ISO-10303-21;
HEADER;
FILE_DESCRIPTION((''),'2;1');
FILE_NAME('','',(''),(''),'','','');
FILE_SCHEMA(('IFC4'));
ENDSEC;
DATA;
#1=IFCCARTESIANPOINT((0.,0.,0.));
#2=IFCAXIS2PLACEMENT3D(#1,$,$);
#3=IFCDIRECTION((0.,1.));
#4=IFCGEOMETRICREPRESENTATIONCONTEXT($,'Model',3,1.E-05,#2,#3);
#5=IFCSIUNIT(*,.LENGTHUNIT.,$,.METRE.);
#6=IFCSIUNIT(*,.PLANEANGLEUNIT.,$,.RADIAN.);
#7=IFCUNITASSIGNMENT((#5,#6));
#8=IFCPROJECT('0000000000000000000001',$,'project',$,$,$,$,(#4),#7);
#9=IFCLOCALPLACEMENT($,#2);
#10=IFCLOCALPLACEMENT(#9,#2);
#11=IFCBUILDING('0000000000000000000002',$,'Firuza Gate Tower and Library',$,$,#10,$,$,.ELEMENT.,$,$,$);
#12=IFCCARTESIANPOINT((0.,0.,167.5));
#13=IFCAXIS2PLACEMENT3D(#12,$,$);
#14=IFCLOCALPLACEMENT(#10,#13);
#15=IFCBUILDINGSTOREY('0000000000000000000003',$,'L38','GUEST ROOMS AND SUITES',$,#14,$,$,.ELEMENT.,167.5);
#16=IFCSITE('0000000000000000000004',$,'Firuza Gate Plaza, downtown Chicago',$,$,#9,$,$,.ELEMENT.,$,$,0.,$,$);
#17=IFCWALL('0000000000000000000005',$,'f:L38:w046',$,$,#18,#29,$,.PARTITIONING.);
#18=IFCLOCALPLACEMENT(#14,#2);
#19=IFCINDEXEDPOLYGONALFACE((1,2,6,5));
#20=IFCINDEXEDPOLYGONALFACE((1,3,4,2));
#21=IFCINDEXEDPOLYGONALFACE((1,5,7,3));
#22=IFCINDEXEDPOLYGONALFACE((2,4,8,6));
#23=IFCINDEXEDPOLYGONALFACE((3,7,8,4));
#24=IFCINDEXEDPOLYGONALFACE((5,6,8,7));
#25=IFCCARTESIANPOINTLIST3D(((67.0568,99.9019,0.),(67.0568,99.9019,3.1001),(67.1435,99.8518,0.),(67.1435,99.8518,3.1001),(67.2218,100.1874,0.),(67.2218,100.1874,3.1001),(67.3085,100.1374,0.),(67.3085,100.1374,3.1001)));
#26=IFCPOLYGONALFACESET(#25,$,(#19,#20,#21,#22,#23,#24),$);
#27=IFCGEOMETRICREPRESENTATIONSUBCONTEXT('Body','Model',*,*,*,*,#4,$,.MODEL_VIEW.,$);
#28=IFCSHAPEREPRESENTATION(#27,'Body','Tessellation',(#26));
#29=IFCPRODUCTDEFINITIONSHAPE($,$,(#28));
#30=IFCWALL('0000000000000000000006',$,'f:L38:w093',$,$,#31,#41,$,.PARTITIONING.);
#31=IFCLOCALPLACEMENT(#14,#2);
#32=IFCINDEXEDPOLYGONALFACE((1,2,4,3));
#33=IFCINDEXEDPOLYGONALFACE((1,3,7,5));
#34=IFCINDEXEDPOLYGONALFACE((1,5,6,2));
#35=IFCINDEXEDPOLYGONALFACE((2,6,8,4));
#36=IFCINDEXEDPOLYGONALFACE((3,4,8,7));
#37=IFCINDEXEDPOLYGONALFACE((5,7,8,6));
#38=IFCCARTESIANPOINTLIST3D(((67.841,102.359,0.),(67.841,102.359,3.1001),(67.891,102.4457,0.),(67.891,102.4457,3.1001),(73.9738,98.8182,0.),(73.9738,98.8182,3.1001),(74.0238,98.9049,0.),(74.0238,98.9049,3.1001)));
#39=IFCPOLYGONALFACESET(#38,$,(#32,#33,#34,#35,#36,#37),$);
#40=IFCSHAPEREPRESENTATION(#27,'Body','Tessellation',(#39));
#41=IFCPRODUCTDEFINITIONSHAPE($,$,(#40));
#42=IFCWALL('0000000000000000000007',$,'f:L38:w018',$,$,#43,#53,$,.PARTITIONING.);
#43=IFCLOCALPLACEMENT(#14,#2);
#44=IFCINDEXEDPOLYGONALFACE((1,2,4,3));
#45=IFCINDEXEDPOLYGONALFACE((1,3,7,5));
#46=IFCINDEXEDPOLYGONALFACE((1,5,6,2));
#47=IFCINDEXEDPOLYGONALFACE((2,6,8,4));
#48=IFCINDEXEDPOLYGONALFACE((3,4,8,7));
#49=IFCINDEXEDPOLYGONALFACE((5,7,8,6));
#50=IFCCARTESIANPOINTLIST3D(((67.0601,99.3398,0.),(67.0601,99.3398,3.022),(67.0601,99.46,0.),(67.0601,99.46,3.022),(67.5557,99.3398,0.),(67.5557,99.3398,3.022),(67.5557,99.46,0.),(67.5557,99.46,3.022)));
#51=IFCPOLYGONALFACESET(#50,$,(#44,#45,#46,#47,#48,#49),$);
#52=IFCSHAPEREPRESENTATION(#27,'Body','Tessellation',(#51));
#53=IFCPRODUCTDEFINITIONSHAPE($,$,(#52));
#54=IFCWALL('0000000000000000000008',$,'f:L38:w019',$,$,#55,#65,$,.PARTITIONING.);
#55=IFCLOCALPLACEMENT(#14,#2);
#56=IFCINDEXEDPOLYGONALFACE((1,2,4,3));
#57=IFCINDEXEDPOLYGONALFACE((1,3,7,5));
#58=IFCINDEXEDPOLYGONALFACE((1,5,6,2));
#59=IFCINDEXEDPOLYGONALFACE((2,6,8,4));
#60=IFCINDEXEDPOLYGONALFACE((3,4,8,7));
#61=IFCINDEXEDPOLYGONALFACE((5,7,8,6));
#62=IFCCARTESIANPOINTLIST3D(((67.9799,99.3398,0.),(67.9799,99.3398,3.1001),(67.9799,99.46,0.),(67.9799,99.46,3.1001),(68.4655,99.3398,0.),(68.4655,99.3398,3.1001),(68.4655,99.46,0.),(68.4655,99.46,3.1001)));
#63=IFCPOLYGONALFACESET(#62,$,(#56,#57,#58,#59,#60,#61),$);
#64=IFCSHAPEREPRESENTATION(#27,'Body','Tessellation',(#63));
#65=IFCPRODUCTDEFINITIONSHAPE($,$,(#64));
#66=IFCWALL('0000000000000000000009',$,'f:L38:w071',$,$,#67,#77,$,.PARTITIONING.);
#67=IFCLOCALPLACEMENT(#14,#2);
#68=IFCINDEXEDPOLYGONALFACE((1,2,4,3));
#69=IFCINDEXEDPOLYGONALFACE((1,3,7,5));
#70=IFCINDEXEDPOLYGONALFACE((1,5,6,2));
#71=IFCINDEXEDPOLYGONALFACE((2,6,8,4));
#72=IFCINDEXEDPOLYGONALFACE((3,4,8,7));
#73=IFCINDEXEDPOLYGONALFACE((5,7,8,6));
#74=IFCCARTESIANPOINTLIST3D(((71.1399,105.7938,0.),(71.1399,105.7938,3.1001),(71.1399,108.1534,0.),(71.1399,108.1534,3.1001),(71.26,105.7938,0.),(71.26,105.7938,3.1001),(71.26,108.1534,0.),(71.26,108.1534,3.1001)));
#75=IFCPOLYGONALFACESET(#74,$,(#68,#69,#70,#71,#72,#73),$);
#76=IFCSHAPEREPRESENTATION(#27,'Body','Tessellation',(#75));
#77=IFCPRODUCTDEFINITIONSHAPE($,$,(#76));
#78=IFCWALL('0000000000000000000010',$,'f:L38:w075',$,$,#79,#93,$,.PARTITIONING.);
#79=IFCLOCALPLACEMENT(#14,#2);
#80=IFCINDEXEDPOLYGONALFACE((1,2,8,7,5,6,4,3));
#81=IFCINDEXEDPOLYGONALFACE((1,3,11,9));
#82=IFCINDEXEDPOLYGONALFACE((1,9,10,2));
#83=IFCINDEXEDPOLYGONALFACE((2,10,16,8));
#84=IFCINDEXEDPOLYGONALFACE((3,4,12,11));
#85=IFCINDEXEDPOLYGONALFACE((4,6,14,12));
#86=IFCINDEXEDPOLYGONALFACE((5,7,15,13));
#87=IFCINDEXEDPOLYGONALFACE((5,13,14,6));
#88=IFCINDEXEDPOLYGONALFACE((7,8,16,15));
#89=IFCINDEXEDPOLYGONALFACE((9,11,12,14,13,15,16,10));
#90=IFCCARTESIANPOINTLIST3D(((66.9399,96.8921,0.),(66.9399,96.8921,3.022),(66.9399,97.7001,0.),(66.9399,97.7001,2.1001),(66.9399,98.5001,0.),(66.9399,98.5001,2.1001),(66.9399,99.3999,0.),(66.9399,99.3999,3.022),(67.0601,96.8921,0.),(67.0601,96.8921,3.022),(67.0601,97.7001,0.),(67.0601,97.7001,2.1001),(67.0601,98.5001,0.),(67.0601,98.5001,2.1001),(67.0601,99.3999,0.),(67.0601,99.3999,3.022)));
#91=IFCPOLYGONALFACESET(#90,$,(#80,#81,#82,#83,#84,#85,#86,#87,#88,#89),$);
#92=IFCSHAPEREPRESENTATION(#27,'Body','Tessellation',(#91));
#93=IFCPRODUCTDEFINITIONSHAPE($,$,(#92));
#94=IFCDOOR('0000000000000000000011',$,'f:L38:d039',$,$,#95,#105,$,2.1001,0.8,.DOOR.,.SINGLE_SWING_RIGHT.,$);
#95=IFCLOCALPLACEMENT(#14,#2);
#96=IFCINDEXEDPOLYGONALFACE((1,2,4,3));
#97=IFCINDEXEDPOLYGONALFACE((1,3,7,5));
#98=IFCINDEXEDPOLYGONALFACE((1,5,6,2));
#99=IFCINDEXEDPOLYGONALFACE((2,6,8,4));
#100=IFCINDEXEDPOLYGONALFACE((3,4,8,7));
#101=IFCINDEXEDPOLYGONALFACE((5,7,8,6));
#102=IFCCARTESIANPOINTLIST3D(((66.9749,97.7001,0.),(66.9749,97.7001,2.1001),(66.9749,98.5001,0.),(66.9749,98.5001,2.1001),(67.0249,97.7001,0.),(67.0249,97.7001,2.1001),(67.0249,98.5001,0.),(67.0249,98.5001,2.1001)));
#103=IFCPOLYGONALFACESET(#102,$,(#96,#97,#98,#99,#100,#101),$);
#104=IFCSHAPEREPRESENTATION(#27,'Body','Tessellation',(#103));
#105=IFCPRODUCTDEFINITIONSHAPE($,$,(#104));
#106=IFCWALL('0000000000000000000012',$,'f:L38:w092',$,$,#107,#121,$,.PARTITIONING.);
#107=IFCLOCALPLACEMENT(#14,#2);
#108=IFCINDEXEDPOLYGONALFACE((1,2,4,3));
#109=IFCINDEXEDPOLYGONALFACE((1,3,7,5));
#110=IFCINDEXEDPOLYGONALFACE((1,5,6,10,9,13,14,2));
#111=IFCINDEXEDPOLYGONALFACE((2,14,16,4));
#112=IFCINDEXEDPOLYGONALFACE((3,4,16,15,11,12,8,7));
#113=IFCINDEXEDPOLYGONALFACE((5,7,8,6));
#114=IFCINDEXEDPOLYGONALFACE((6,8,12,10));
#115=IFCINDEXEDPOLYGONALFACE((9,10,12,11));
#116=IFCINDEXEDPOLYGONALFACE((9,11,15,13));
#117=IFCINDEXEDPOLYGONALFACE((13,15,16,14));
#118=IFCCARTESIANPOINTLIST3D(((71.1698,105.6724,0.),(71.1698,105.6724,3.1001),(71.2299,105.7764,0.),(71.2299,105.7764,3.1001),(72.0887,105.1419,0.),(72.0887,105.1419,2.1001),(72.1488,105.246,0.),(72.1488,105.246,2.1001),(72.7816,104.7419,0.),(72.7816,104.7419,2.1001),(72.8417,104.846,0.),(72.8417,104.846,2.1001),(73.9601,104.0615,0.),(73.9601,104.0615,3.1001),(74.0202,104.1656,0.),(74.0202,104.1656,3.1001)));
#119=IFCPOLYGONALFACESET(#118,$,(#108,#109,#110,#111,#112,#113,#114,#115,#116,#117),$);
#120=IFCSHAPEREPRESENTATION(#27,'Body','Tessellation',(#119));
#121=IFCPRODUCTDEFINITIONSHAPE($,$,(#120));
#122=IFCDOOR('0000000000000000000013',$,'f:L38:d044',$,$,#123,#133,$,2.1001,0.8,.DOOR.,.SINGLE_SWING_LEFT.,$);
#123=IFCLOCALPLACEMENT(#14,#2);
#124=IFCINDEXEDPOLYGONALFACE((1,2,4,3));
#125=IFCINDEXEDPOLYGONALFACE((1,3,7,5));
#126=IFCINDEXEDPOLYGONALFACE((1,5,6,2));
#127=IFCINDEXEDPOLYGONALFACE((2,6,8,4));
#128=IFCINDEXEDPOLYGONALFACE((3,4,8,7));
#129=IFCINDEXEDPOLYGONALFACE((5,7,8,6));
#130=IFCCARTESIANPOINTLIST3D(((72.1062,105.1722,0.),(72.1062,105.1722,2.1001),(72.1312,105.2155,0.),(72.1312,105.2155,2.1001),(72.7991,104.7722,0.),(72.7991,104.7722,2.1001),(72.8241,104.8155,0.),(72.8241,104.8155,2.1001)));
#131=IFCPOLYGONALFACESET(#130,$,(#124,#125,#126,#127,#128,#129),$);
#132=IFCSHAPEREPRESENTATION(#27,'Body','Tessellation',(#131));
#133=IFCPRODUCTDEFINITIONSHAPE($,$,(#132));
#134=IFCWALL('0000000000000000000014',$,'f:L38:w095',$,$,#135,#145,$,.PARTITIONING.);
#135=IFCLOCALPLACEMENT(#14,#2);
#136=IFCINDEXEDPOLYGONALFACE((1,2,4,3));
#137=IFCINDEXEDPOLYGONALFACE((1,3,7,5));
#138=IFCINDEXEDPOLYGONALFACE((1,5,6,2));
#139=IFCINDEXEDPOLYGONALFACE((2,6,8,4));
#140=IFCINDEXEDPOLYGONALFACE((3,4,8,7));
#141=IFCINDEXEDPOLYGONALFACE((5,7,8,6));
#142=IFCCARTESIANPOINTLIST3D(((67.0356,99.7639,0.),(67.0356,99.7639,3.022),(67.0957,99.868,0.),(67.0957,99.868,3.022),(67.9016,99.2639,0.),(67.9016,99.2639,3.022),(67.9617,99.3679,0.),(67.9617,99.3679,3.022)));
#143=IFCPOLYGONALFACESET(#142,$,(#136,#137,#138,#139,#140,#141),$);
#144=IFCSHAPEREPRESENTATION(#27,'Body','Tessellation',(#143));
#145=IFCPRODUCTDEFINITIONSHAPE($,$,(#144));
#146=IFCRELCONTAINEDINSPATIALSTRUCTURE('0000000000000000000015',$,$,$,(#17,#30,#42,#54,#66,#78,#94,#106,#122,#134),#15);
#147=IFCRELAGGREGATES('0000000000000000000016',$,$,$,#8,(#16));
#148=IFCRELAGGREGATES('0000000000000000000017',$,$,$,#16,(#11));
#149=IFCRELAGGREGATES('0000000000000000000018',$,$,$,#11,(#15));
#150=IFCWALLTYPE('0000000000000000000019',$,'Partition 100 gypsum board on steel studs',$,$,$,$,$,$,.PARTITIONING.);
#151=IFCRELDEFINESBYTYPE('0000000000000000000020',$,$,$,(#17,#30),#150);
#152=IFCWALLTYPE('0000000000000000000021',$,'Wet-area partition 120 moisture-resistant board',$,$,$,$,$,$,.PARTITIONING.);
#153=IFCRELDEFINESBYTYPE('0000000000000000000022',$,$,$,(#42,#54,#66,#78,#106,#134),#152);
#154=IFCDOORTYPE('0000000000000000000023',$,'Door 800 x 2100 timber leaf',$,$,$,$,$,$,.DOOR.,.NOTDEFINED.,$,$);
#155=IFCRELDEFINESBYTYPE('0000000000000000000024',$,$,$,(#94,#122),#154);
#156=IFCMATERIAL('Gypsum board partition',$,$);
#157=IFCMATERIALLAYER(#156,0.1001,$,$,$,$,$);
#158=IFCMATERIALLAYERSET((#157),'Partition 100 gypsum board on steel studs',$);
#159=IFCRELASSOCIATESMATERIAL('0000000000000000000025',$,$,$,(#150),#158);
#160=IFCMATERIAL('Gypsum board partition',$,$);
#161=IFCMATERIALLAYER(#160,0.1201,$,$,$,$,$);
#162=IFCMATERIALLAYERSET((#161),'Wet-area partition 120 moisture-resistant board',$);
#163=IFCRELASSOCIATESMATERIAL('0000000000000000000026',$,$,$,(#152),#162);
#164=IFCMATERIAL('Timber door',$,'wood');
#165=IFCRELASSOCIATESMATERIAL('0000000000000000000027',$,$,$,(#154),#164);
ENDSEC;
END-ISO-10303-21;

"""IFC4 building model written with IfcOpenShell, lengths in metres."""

from ifc_helpers import new_model, si_unit, direction, frame, frame_2d, origin, place, context, subcontext, project, spatial, rectangle, extrude, material, layer, layer_set, type_object, element, fill, save


model = new_model("IFC4")

# Units and contexts
model_context = context("Model", 3, precision=1e-05, world=origin(), true_north=direction((0.0, 1.0)))
body_context = subcontext(model_context, "Body", "Model", "MODEL_VIEW")
ifc_project = project(units=[si_unit("LENGTHUNIT", "METRE"), si_unit("PLANEANGLEUNIT", "RADIAN")], contexts=[model_context])

# Site, building, storey
site_placement = place(None, origin())
site = spatial("IfcSite", under=ifc_project, at=site_placement, Name="Firuza Gate Plaza, downtown Chicago", CompositionType="ELEMENT", RefElevation=0.0)
building_placement = place(site_placement, origin())
building = spatial("IfcBuilding", under=site, at=building_placement, Name="Firuza Gate Tower and Library", CompositionType="ELEMENT")
storey_placement = place(building_placement, frame((0.0, 0.0, 167.5)))
storey = spatial("IfcBuildingStorey", under=building, at=storey_placement, Name="L38", Description="GUEST ROOMS AND SUITES", CompositionType="ELEMENT", Elevation=167.5)

# Walls
ifc_material_1 = material(Name="Gypsum board partition")
ifc_layer_1 = layer(ifc_material_1, 0.1001)
ifc_layer_set_1 = layer_set([ifc_layer_1], Name="Partition 100 gypsum board on steel studs")
wall_type_1 = type_object("IfcWallType", Name="Partition 100 gypsum board on steel studs", PredefinedType="PARTITIONING", material=ifc_layer_set_1)
wall_1_placement = place(storey_placement, frame((67.1001, 99.8767, 0.0), z_axis=(0.0, 0.0, 1.0), x_axis=(0.500278, 0.865865, 0.0)))
element("IfcWall", 1, at=wall_1_placement, inside=storey, type_object=wall_type_1, Name="f:L38:w046", PredefinedType="PARTITIONING", context=body_context, shape_type="SweptSolid", body=[
    extrude(rectangle(XDim=0.3298, YDim=0.1001, at=frame_2d((0.165, 0.0))), origin(), (0.0, 0.0, 1.0), 3.1001),
])
wall_2_placement = place(storey_placement, frame((73.9988, 98.8616, 0.0), z_axis=(0.0, 0.0, 1.0), x_axis=(-0.866026, 0.499999, 0.0)))
element("IfcWall", 2, at=wall_2_placement, inside=storey, type_object=wall_type_1, Name="f:L38:w093", PredefinedType="PARTITIONING", context=body_context, shape_type="SweptSolid", body=[
    extrude(rectangle(XDim=7.0815, YDim=0.1001, at=frame_2d((3.5408, 0.0))), origin(), (0.0, 0.0, 1.0), 3.1001),
])
ifc_material_2 = material(Name="Gypsum board partition")
ifc_layer_2 = layer(ifc_material_2, 0.1201)
ifc_layer_set_2 = layer_set([ifc_layer_2], Name="Wet-area partition 120 moisture-resistant board")
wall_type_2 = type_object("IfcWallType", Name="Wet-area partition 120 moisture-resistant board", PredefinedType="PARTITIONING", material=ifc_layer_set_2)
wall_3_placement = place(storey_placement, frame((67.0601, 99.3999, 0.0), z_axis=(0.0, 0.0, 1.0), x_axis=(1.0, 0.0, 0.0)))
element("IfcWall", 3, at=wall_3_placement, inside=storey, type_object=wall_type_2, Name="f:L38:w018", PredefinedType="PARTITIONING", context=body_context, shape_type="SweptSolid", body=[
    extrude(rectangle(XDim=0.4956, YDim=0.1201, at=frame_2d((0.2478, 0.0))), origin(), (0.0, 0.0, 1.0), 3.022),
])
wall_4_placement = place(storey_placement, frame((67.98, 99.3999, 0.0), z_axis=(0.0, 0.0, 1.0), x_axis=(1.0, 0.0, 0.0)))
element("IfcWall", 4, at=wall_4_placement, inside=storey, type_object=wall_type_2, Name="f:L38:w019", PredefinedType="PARTITIONING", context=body_context, shape_type="SweptSolid", body=[
    extrude(rectangle(XDim=0.4856, YDim=0.1201, at=frame_2d((0.2427, 0.0))), origin(), (0.0, 0.0, 1.0), 3.1001),
])
wall_5_placement = place(storey_placement, frame((71.2, 105.7939, 0.0), z_axis=(0.0, 0.0, 1.0), x_axis=(0.0, 1.0, 0.0)))
element("IfcWall", 5, at=wall_5_placement, inside=storey, type_object=wall_type_2, Name="f:L38:w071", PredefinedType="PARTITIONING", context=body_context, shape_type="SweptSolid", body=[
    extrude(rectangle(XDim=2.3596, YDim=0.1201, at=frame_2d((1.1797, 0.0))), origin(), (0.0, 0.0, 1.0), 3.1001),
])

# Walls, openings, doors
wall_6_placement = place(storey_placement, frame((67.0, 99.3999, 0.0), z_axis=(0.0, 0.0, 1.0), x_axis=(0.0, -1.0, 0.0)))
wall_6 = element("IfcWall", 6, at=wall_6_placement, inside=storey, type_object=wall_type_2, Name="f:L38:w075", PredefinedType="PARTITIONING", context=body_context, shape_type="SweptSolid", body=[
    extrude(rectangle(XDim=2.5078, YDim=0.1201, at=frame_2d((1.2539, 0.0))), origin(), (0.0, 0.0, 1.0), 3.022),
])
opening_1_placement = place(wall_6_placement, frame((0.8999, 0.0, 0.0)))
opening_1 = element("IfcOpeningElement", 7, at=opening_1_placement, cuts=wall_6, PredefinedType="OPENING", context=body_context, shape_type="SweptSolid", body=[
    extrude(rectangle(XDim=0.8, YDim=2.1001, at=frame_2d((0.3999, 1.05))), frame((0.0, 0.0701, 0.0), z_axis=(0.0, -1.0, 0.0), x_axis=(1.0, 0.0, 0.0)), (0.0, 0.0, 1.0), 0.1401),
])
ifc_material_3 = material(Name="Timber door", Category="wood")
door_type = type_object("IfcDoorType", Name="Door 800 x 2100 timber leaf", OperationType="NOTDEFINED", PredefinedType="DOOR", material=ifc_material_3)
door_1_placement = place(opening_1_placement, origin())
door_1 = element("IfcDoor", 8, at=door_1_placement, inside=storey, type_object=door_type, Name="f:L38:d039", OperationType="SINGLE_SWING_RIGHT", OverallHeight=2.1001, OverallWidth=0.8, PredefinedType="DOOR", context=body_context, shape_type="SweptSolid", body=[
    extrude(rectangle(XDim=0.8, YDim=2.1001, at=frame_2d((0.3999, 1.05))), frame((0.0, 0.0249, 0.0), z_axis=(0.0, -1.0, 0.0), x_axis=(1.0, 0.0, 0.0)), (0.0, 0.0, 1.0), 0.05),
])
fill(opening_1, door_1)
wall_7_placement = place(storey_placement, frame((71.2, 105.7244, 0.0), z_axis=(0.0, 0.0, 1.0), x_axis=(0.866043, -0.49997, 0.0)))
wall_7 = element("IfcWall", 9, at=wall_7_placement, inside=storey, type_object=wall_type_2, Name="f:L38:w092", PredefinedType="PARTITIONING", context=body_context, shape_type="SweptSolid", body=[
    extrude(rectangle(XDim=3.2219, YDim=0.1201, at=frame_2d((1.6108, 0.0))), origin(), (0.0, 0.0, 1.0), 3.1001),
])
opening_2_placement = place(wall_7_placement, frame((1.061, 0.0, 0.0)))
opening_2 = element("IfcOpeningElement", 10, at=opening_2_placement, cuts=wall_7, PredefinedType="OPENING", context=body_context, shape_type="SweptSolid", body=[
    extrude(rectangle(XDim=0.8, YDim=2.1001, at=frame_2d((0.3999, 1.05))), frame((0.0, 0.0701, 0.0), z_axis=(0.0, -1.0, 0.0), x_axis=(1.0, 0.0, 0.0)), (0.0, 0.0, 1.0), 0.1401),
])
door_2_placement = place(opening_2_placement, origin())
door_2 = element("IfcDoor", 11, at=door_2_placement, inside=storey, type_object=door_type, Name="f:L38:d044", OperationType="SINGLE_SWING_LEFT", OverallHeight=2.1001, OverallWidth=0.8, PredefinedType="DOOR", context=body_context, shape_type="SweptSolid", body=[
    extrude(rectangle(XDim=0.8, YDim=2.1001, at=frame_2d((0.3999, 1.05))), frame((0.0, 0.0249, 0.0), z_axis=(0.0, -1.0, 0.0), x_axis=(1.0, 0.0, 0.0)), (0.0, 0.0, 1.0), 0.05),
])
fill(opening_2, door_2)

# Wall
wall_8_placement = place(storey_placement, frame((67.9316, 99.3159, 0.0), z_axis=(0.0, 0.0, 1.0), x_axis=(-0.866011, 0.500025, 0.0)))
element("IfcWall", 12, at=wall_8_placement, inside=storey, type_object=wall_type_2, Name="f:L38:w095", PredefinedType="PARTITIONING", context=body_context, shape_type="SweptSolid", body=[
    extrude(rectangle(XDim=1.0, YDim=0.1201, at=frame_2d((0.5, 0.0))), origin(), (0.0, 0.0, 1.0), 3.022),
])

save(model, "model.ifc")
